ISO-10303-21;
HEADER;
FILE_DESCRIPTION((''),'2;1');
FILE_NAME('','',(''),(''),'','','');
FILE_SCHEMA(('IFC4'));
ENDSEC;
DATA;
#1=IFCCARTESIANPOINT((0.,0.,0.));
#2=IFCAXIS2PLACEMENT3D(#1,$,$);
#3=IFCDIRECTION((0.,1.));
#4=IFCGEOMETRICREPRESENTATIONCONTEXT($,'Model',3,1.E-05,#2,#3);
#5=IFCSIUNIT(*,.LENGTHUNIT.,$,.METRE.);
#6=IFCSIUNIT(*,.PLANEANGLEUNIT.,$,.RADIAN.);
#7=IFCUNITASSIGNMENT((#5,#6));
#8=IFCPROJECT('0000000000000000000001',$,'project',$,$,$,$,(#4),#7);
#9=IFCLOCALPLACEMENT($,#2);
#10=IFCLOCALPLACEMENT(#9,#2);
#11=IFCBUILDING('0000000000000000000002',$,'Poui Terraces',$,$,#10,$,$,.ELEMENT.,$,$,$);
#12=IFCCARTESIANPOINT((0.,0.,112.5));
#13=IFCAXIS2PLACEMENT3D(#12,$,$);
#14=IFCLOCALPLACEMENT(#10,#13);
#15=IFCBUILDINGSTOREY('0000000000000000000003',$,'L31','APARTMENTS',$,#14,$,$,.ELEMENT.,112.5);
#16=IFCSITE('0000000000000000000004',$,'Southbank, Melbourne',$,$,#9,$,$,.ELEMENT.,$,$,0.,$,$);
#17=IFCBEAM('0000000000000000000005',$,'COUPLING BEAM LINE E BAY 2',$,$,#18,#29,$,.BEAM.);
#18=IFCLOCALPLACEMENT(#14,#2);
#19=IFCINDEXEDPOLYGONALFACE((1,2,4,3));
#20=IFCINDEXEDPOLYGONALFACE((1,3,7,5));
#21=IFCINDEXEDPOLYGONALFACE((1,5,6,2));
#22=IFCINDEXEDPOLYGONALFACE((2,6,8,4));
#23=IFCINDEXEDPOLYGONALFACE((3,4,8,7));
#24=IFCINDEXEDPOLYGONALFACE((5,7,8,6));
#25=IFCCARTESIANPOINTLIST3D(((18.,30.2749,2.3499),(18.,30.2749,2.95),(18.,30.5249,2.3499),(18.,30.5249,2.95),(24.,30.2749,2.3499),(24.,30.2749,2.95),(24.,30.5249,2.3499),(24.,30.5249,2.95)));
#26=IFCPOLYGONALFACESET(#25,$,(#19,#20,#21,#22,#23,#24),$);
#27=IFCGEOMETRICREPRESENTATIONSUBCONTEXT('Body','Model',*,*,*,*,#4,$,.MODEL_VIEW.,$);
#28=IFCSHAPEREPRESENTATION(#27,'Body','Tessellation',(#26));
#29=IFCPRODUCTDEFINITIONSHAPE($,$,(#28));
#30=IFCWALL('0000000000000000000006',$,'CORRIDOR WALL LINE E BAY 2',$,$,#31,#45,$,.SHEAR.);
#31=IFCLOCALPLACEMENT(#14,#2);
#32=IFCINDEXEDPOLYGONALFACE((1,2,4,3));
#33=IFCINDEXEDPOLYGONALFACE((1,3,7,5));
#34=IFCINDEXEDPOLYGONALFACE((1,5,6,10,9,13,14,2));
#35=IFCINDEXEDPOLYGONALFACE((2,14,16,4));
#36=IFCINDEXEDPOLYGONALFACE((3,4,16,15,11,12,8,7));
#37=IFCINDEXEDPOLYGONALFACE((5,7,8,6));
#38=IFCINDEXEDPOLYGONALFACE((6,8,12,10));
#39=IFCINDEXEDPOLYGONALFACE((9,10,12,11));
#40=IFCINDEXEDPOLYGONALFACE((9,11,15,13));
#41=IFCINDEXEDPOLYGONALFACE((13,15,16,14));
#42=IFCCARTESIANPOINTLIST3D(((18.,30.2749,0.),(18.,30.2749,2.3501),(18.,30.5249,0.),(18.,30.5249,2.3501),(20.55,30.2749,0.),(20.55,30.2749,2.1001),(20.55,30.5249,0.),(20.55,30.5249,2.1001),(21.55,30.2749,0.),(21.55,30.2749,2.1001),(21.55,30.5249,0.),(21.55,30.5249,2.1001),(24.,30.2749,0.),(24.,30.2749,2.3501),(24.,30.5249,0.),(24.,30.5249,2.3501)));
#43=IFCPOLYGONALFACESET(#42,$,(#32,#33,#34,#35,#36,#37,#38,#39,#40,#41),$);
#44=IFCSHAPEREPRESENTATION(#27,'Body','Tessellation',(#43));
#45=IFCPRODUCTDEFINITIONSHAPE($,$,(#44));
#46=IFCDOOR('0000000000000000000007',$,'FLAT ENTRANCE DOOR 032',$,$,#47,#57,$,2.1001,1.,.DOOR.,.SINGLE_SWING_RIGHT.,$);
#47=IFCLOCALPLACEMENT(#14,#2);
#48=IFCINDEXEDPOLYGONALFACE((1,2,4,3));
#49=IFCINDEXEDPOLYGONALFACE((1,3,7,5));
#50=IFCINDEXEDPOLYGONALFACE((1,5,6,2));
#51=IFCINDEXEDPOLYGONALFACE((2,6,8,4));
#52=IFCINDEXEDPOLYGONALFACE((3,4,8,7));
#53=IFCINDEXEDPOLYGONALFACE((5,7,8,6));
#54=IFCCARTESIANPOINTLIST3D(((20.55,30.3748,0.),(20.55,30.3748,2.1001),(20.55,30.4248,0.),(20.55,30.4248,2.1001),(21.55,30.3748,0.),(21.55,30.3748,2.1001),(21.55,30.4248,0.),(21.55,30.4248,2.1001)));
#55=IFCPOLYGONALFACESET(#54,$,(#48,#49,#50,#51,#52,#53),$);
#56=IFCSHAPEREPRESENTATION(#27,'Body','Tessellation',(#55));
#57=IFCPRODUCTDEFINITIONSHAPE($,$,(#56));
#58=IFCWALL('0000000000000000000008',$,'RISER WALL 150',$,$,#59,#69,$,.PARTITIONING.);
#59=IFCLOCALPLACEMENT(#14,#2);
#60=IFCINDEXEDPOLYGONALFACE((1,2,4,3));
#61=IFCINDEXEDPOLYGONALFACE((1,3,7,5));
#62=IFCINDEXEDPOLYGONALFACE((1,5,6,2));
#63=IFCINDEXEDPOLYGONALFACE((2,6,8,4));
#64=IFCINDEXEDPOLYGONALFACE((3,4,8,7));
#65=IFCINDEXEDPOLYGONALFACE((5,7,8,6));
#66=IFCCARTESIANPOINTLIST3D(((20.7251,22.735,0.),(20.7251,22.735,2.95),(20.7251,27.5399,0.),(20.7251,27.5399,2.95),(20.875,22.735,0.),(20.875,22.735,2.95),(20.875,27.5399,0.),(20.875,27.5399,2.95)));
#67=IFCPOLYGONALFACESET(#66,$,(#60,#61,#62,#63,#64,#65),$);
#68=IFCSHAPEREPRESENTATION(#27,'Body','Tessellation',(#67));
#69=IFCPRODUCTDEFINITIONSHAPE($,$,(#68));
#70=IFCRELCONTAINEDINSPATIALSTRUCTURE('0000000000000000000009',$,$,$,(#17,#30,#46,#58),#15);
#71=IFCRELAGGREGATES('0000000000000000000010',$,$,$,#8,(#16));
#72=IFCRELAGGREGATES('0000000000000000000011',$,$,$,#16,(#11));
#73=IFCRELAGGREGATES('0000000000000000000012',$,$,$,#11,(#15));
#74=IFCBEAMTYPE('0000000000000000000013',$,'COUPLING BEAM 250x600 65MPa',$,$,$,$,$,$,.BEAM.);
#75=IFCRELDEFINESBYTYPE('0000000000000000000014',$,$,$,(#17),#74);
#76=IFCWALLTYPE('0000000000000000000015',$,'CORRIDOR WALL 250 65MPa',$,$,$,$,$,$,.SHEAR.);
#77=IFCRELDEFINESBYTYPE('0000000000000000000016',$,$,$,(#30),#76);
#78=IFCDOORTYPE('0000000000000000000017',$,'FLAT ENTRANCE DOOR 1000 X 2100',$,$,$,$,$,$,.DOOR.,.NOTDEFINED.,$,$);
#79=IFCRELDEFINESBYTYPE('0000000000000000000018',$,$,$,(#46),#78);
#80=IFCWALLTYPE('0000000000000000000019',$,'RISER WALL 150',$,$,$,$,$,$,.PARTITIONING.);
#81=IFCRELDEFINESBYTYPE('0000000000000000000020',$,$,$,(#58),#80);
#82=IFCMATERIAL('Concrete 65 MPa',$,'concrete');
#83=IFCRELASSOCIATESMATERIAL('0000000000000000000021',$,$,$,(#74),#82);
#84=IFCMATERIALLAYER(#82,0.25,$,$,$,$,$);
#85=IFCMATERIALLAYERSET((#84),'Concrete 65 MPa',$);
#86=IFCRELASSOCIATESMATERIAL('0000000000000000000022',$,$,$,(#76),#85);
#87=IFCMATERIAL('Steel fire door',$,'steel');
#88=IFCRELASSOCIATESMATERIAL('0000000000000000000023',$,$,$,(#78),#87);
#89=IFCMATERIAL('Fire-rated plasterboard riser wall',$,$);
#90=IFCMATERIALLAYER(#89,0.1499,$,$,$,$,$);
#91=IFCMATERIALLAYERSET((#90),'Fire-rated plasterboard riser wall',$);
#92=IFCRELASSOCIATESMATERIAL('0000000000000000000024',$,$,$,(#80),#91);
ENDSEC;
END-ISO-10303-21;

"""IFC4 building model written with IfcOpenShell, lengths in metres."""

from ifc_helpers import new_model, si_unit, direction, frame, frame_2d, origin, origin_2d, place, context, subcontext, project, spatial, rectangle, extrude, source, transform, mapped, material, layer, layer_set, material_profile, profile_set, type_object, element, fill, save


model = new_model("IFC4")

# Units and contexts
model_context = context("Model", 3, precision=1e-05, world=origin(), true_north=direction((0.0, 1.0)))
body_context = subcontext(model_context, "Body", "Model", "MODEL_VIEW")
ifc_project = project(units=[si_unit("LENGTHUNIT", "METRE"), si_unit("PLANEANGLEUNIT", "RADIAN")], contexts=[model_context])

# Site, building, storey
site_placement = place(None, origin())
site = spatial("IfcSite", under=ifc_project, at=site_placement, Name="Southbank, Melbourne", CompositionType="ELEMENT", RefElevation=0.0)
building_placement = place(site_placement, origin())
building = spatial("IfcBuilding", under=site, at=building_placement, Name="Poui Terraces", CompositionType="ELEMENT")
storey_placement = place(building_placement, frame((0.0, 0.0, 112.5)))
storey = spatial("IfcBuildingStorey", under=building, at=storey_placement, Name="L31", Description="APARTMENTS", CompositionType="ELEMENT", Elevation=112.5)

# Beam
ifc_material_1 = material(Name="Concrete 65 MPa", Category="concrete")
ifc_material_profile = material_profile(ifc_material_1, rectangle(XDim=0.25, YDim=0.6001, at=origin_2d()), Name="RC 250x600")
ifc_profile_set = profile_set([ifc_material_profile], Name="Concrete 65 MPa")
beam_type = type_object("IfcBeamType", Name="COUPLING BEAM 250x600 65MPa", PredefinedType="BEAM", material=ifc_profile_set)
shared_shape = source(origin(), body_context, "Body", "SweptSolid", [
    extrude(rectangle(XDim=0.25, YDim=0.6001, at=origin_2d()), origin(), (0.0, 0.0, 1.0), 6.0),
])
beam_placement = place(storey_placement, frame((18.0, 30.3999, 2.6499), z_axis=(1.0, 0.0, 0.0), x_axis=(0.0, 1.0, 0.0)))
element("IfcBeam", 1, at=beam_placement, inside=storey, type_object=beam_type, Name="COUPLING BEAM LINE E BAY 2", PredefinedType="BEAM", context=body_context, shape_type="MappedRepresentation", body=[
    mapped(shared_shape, transform((0.0, 0.0, 0.0))),
])

# Wall, opening, door
ifc_layer_1 = layer(ifc_material_1, 0.25)
ifc_layer_set_1 = layer_set([ifc_layer_1], Name="Concrete 65 MPa")
wall_type_1 = type_object("IfcWallType", Name="CORRIDOR WALL 250 65MPa", PredefinedType="SHEAR", material=ifc_layer_set_1)
wall_1_placement = place(storey_placement, frame((18.0, 30.3999, 0.0), z_axis=(0.0, 0.0, 1.0), x_axis=(1.0, 0.0, 0.0)))
wall_1 = element("IfcWall", 2, at=wall_1_placement, inside=storey, type_object=wall_type_1, Name="CORRIDOR WALL LINE E BAY 2", PredefinedType="SHEAR", context=body_context, shape_type="SweptSolid", body=[
    extrude(rectangle(XDim=6.0, YDim=0.25, at=frame_2d((3.0, 0.0))), origin(), (0.0, 0.0, 1.0), 2.3501),
])
opening_placement = place(wall_1_placement, frame((2.55, 0.0, 0.0)))
opening = element("IfcOpeningElement", 3, at=opening_placement, cuts=wall_1, PredefinedType="OPENING", context=body_context, shape_type="SweptSolid", body=[
    extrude(rectangle(XDim=1.0, YDim=2.1001, at=frame_2d((0.5, 1.05))), frame((0.0, 0.135, 0.0), z_axis=(0.0, -1.0, 0.0), x_axis=(1.0, 0.0, 0.0)), (0.0, 0.0, 1.0), 0.27),
])
ifc_material_2 = material(Name="Steel fire door", Category="steel")
door_type = type_object("IfcDoorType", Name="FLAT ENTRANCE DOOR 1000 X 2100", OperationType="NOTDEFINED", PredefinedType="DOOR", material=ifc_material_2)
door_placement = place(opening_placement, origin())
door = element("IfcDoor", 4, at=door_placement, inside=storey, type_object=door_type, Name="FLAT ENTRANCE DOOR 032", OperationType="SINGLE_SWING_RIGHT", OverallHeight=2.1001, OverallWidth=1.0, PredefinedType="DOOR", context=body_context, shape_type="SweptSolid", body=[
    extrude(rectangle(XDim=1.0, YDim=2.1001, at=frame_2d((0.5, 1.05))), frame((0.0, 0.0249, 0.0), z_axis=(0.0, -1.0, 0.0), x_axis=(1.0, 0.0, 0.0)), (0.0, 0.0, 1.0), 0.05),
])
fill(opening, door)

# Wall
ifc_material_3 = material(Name="Fire-rated plasterboard riser wall")
ifc_layer_2 = layer(ifc_material_3, 0.1499)
ifc_layer_set_2 = layer_set([ifc_layer_2], Name="Fire-rated plasterboard riser wall")
wall_type_2 = type_object("IfcWallType", Name="RISER WALL 150", PredefinedType="PARTITIONING", material=ifc_layer_set_2)
wall_2_placement = place(storey_placement, frame((20.8, 22.7351, 0.0), z_axis=(0.0, 0.0, 1.0), x_axis=(0.0, 1.0, 0.0)))
element("IfcWall", 5, at=wall_2_placement, inside=storey, type_object=wall_type_2, Name="RISER WALL 150", PredefinedType="PARTITIONING", context=body_context, shape_type="SweptSolid", body=[
    extrude(rectangle(XDim=4.8049, YDim=0.1499, at=frame_2d((2.4023, 0.0))), origin(), (0.0, 0.0, 1.0), 2.95),
])

save(model, "model.ifc")
